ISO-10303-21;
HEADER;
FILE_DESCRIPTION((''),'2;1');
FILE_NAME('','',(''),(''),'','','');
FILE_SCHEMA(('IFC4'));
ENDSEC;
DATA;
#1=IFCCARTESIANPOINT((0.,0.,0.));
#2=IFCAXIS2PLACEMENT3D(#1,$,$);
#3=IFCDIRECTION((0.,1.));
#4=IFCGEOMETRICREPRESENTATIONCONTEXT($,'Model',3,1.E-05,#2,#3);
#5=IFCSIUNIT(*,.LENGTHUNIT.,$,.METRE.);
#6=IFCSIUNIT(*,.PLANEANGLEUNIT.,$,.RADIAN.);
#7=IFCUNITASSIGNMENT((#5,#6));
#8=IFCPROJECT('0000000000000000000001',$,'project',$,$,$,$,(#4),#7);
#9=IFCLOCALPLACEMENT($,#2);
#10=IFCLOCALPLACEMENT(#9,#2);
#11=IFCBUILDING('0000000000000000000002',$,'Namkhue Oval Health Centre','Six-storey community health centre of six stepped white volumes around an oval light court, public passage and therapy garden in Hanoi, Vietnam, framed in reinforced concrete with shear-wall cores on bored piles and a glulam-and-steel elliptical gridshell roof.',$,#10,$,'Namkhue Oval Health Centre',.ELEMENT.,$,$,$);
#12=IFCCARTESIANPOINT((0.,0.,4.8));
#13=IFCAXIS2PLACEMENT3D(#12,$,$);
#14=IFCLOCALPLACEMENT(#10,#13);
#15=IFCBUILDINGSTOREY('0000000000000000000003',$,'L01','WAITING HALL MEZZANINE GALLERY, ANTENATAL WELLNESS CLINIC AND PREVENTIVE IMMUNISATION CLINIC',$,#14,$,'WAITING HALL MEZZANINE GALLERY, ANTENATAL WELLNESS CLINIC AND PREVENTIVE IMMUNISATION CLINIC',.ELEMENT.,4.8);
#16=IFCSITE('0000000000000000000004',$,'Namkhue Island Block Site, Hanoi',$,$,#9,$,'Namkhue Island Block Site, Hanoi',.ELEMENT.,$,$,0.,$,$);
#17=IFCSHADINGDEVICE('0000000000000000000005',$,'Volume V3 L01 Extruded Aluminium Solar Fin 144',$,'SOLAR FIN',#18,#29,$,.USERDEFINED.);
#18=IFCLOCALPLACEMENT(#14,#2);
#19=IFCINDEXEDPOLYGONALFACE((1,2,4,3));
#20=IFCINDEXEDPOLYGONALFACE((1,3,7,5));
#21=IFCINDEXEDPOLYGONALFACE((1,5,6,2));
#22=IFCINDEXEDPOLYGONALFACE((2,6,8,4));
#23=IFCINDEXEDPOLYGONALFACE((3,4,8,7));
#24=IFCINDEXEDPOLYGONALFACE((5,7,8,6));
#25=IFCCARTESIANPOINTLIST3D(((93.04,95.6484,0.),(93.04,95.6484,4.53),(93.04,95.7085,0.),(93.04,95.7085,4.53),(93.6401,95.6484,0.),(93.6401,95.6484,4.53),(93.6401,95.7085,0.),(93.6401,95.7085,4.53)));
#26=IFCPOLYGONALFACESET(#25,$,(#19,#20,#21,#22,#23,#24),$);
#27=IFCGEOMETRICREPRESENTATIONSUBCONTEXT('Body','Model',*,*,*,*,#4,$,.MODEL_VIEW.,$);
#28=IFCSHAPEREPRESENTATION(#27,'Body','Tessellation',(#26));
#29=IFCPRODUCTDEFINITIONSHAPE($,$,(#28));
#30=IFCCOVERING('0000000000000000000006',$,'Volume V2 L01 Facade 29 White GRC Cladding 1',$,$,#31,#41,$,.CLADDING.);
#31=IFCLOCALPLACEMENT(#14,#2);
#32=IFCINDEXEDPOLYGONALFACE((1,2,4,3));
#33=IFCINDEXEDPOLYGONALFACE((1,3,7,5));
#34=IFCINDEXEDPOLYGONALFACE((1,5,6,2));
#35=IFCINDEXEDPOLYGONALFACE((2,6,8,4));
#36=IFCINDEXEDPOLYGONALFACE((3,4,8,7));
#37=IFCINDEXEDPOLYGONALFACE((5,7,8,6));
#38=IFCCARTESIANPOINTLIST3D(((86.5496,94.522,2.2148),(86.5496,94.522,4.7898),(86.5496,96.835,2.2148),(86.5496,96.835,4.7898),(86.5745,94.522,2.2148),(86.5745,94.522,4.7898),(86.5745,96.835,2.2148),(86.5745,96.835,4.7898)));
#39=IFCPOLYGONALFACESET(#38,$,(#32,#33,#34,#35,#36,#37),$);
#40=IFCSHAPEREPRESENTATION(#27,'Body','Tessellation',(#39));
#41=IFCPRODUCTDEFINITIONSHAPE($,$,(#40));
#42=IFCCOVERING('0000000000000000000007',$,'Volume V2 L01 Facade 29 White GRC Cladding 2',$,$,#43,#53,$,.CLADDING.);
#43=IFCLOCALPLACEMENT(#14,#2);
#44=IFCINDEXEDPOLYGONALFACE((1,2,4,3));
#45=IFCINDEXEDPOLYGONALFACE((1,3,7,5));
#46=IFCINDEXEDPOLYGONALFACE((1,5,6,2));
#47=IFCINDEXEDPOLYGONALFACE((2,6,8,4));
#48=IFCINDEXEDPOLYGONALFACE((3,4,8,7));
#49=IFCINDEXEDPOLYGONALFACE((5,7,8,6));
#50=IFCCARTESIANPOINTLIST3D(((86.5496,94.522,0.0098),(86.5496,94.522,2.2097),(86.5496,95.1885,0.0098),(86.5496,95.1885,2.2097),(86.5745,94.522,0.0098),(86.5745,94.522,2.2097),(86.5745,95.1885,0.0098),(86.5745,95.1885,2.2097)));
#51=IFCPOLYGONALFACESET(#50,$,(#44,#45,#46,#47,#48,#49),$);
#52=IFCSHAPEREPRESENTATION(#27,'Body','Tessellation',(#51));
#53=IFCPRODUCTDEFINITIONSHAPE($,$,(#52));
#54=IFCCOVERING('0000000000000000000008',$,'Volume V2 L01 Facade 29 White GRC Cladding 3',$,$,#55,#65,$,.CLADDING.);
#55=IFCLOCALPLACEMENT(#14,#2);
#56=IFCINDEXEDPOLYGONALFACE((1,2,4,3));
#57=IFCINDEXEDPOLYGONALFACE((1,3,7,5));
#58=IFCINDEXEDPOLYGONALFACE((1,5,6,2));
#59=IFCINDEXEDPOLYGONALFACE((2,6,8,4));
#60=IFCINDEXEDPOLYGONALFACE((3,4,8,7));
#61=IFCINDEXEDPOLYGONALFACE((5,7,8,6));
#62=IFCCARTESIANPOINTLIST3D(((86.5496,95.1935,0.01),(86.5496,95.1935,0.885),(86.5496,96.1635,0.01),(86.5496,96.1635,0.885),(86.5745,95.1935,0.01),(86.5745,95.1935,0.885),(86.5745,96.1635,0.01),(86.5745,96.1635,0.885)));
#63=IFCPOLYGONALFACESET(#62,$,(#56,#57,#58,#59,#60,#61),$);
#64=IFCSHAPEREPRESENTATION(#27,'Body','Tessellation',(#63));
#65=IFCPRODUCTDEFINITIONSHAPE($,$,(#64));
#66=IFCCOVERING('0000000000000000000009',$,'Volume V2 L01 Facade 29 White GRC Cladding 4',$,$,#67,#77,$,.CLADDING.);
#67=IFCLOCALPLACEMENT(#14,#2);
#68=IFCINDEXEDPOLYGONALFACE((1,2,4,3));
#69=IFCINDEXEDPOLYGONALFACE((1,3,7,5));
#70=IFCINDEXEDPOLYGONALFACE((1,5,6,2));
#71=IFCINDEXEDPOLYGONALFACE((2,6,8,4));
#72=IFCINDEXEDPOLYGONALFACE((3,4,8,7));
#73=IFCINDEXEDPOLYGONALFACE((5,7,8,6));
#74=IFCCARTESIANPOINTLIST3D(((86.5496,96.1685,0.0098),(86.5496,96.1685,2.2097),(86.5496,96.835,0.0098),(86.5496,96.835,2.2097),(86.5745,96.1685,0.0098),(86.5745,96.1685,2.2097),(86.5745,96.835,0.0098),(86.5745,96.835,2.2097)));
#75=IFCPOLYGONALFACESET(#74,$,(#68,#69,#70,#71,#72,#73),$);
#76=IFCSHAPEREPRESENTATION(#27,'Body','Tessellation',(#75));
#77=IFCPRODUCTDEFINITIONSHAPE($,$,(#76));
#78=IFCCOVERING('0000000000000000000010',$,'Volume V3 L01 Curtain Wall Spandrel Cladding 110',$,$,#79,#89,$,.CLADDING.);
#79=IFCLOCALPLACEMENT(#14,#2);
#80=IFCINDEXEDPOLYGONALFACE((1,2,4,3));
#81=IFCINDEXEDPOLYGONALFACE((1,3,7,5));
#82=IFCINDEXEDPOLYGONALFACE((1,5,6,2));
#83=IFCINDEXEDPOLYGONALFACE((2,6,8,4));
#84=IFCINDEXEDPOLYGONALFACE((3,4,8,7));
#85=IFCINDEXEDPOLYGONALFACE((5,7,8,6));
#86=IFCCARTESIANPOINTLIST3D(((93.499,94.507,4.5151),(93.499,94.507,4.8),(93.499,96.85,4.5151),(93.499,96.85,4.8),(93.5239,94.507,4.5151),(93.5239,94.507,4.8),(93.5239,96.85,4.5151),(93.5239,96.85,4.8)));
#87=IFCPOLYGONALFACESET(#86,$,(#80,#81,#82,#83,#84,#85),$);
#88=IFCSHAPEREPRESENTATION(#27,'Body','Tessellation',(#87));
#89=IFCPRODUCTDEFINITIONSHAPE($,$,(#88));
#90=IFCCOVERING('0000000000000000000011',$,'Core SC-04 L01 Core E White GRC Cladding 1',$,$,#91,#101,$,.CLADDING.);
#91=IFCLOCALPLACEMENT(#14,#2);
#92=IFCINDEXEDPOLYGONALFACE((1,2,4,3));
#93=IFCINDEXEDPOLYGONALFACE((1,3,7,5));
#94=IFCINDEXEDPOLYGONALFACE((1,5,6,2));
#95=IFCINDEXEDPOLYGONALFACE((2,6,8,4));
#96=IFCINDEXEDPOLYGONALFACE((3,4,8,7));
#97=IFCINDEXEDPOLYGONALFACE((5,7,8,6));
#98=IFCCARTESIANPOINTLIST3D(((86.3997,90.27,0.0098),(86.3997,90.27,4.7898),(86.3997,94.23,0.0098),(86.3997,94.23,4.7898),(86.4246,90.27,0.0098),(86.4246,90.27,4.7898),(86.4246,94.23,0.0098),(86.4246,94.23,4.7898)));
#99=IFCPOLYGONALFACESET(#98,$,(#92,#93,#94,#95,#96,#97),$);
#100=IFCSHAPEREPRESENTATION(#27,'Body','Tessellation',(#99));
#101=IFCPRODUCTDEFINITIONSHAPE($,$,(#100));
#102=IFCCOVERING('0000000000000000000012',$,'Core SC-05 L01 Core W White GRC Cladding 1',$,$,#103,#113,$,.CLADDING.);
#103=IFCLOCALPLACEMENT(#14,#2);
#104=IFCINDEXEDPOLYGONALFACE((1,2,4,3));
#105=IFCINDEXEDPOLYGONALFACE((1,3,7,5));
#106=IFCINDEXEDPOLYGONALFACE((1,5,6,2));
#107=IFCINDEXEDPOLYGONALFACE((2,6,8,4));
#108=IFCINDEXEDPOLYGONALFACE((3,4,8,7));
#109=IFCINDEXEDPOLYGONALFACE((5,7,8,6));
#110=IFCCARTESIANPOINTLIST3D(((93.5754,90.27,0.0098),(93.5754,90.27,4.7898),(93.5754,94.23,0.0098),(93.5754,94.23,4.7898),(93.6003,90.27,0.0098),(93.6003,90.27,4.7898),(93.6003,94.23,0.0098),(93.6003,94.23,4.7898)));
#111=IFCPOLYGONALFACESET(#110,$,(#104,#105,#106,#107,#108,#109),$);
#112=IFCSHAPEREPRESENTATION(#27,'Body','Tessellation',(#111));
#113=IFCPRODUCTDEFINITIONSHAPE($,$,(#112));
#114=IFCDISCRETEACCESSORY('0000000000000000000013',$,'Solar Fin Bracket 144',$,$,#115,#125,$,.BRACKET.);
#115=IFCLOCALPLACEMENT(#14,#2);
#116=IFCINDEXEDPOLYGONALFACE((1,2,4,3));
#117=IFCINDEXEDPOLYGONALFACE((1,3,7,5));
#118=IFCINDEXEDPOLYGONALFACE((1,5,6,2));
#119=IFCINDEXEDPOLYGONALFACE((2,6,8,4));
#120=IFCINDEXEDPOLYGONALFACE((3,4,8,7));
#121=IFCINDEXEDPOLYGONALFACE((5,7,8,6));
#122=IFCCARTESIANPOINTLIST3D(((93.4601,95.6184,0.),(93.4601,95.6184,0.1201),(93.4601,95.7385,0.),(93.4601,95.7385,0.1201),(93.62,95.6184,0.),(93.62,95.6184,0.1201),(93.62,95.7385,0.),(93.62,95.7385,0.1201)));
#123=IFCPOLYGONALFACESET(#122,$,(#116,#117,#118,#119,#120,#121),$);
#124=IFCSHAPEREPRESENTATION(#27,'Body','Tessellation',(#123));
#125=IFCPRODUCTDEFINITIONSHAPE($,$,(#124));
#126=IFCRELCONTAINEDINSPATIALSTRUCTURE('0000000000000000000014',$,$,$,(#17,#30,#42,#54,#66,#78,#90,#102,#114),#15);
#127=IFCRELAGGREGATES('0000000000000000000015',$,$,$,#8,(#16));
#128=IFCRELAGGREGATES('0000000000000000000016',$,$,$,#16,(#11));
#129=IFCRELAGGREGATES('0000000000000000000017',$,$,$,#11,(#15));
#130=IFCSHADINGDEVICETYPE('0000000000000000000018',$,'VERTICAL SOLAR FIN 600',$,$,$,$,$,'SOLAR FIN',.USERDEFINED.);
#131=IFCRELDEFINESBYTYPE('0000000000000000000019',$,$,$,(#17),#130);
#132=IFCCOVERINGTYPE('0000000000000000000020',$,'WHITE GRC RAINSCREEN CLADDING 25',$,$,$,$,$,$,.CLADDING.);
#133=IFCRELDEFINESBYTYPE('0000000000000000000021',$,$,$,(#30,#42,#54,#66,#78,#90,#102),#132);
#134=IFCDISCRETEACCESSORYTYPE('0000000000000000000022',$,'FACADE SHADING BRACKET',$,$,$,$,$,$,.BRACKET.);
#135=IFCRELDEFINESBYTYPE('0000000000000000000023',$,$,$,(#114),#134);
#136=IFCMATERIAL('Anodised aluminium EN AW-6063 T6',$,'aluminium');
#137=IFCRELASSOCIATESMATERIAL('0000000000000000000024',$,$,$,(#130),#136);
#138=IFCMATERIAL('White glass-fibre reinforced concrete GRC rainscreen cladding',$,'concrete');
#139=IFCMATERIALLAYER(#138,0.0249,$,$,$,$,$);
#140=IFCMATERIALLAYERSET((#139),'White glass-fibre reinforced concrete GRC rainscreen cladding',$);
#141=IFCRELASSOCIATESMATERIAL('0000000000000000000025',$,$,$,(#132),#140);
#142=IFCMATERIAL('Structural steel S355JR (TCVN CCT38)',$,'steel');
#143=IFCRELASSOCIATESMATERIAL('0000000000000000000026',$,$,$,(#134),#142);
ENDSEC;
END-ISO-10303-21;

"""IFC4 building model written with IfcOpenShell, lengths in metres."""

from ifc_helpers import new_model, si_unit, direction, frame, origin, origin_2d, place, context, subcontext, project, spatial, rectangle, extrude, material, layer, layer_set, type_object, element, save


model = new_model("IFC4")

# Units and contexts
model_context = context("Model", 3, precision=1e-05, world=origin(), true_north=direction((0.0, 1.0)))
body_context = subcontext(model_context, "Body", "Model", "MODEL_VIEW")
ifc_project = project(units=[si_unit("LENGTHUNIT", "METRE"), si_unit("PLANEANGLEUNIT", "RADIAN")], contexts=[model_context])

# Site, building, storey
site_placement = place(None, origin())
site = spatial("IfcSite", under=ifc_project, at=site_placement, Name="Namkhue Island Block Site, Hanoi", LongName="Namkhue Island Block Site, Hanoi", CompositionType="ELEMENT", RefElevation=0.0)
building_placement = place(site_placement, origin())
building = spatial("IfcBuilding", under=site, at=building_placement, Name="Namkhue Oval Health Centre", Description="Six-storey community health centre of six stepped white volumes around an oval light court, public passage and therapy garden in Hanoi, Vietnam, framed in reinforced concrete with shear-wall cores on bored piles and a glulam-and-steel elliptical gridshell roof.", LongName="Namkhue Oval Health Centre", CompositionType="ELEMENT")
storey_placement = place(building_placement, frame((0.0, 0.0, 4.8)))
storey = spatial("IfcBuildingStorey", under=building, at=storey_placement, Name="L01", Description="WAITING HALL MEZZANINE GALLERY, ANTENATAL WELLNESS CLINIC AND PREVENTIVE IMMUNISATION CLINIC", LongName="WAITING HALL MEZZANINE GALLERY, ANTENATAL WELLNESS CLINIC AND PREVENTIVE IMMUNISATION CLINIC", CompositionType="ELEMENT", Elevation=4.8)

# Shared definitions
ifc_material_1 = material(Name="Anodised aluminium EN AW-6063 T6", Category="aluminium")

# Shading device
shading_device_type = type_object("IfcShadingDeviceType", Name="VERTICAL SOLAR FIN 600", ElementType="SOLAR FIN", PredefinedType="USERDEFINED", material=ifc_material_1)
shading_device_placement = place(storey_placement, frame((93.3401, 95.6785, 0.0), z_axis=(0.0, 0.0, 1.0), x_axis=(-1.0, 0.0, 0.0)))
element("IfcShadingDevice", 1, at=shading_device_placement, inside=storey, type_object=shading_device_type, Name="Volume V3 L01 Extruded Aluminium Solar Fin 144", ObjectType="SOLAR FIN", PredefinedType="USERDEFINED", context=body_context, shape_type="SweptSolid", body=[
    extrude(rectangle(XDim=0.6001, YDim=0.0601, at=origin_2d()), origin(), (0.0, 0.0, 1.0), 4.53),
])

# Coverings
ifc_material_2 = material(Name="White glass-fibre reinforced concrete GRC rainscreen cladding", Category="concrete")
ifc_layer_1 = layer(ifc_material_2, 0.0249)
ifc_layer_set_1 = layer_set([ifc_layer_1], Name="White glass-fibre reinforced concrete GRC rainscreen cladding")
covering_type = type_object("IfcCoveringType", Name="WHITE GRC RAINSCREEN CLADDING 25", PredefinedType="CLADDING", material=ifc_layer_set_1)
covering_1_placement = place(storey_placement, frame((86.562, 95.6785, 2.2148), z_axis=(0.0, 0.0, 1.0), x_axis=(0.0, 1.0, 0.0)))
element("IfcCovering", 2, at=covering_1_placement, inside=storey, type_object=covering_type, Name="Volume V2 L01 Facade 29 White GRC Cladding 1", PredefinedType="CLADDING", context=body_context, shape_type="SweptSolid", body=[
    extrude(rectangle(XDim=2.313, YDim=0.0249, at=origin_2d()), origin(), (0.0, 0.0, 1.0), 2.575),
])
covering_2_placement = place(storey_placement, frame((86.562, 94.8552, 0.0098), z_axis=(0.0, 0.0, 1.0), x_axis=(0.0, 1.0, 0.0)))
element("IfcCovering", 3, at=covering_2_placement, inside=storey, type_object=covering_type, Name="Volume V2 L01 Facade 29 White GRC Cladding 2", PredefinedType="CLADDING", context=body_context, shape_type="SweptSolid", body=[
    extrude(rectangle(XDim=0.6665, YDim=0.0249, at=origin_2d()), origin(), (0.0, 0.0, 1.0), 2.2),
])
covering_3_placement = place(storey_placement, frame((86.562, 95.6785, 0.01), z_axis=(0.0, 0.0, 1.0), x_axis=(0.0, 1.0, 0.0)))
element("IfcCovering", 4, at=covering_3_placement, inside=storey, type_object=covering_type, Name="Volume V2 L01 Facade 29 White GRC Cladding 3", PredefinedType="CLADDING", context=body_context, shape_type="SweptSolid", body=[
    extrude(rectangle(XDim=0.97, YDim=0.0249, at=origin_2d()), origin(), (0.0, 0.0, 1.0), 0.875),
])
covering_4_placement = place(storey_placement, frame((86.562, 96.5017, 0.0098), z_axis=(0.0, 0.0, 1.0), x_axis=(0.0, 1.0, 0.0)))
element("IfcCovering", 5, at=covering_4_placement, inside=storey, type_object=covering_type, Name="Volume V2 L01 Facade 29 White GRC Cladding 4", PredefinedType="CLADDING", context=body_context, shape_type="SweptSolid", body=[
    extrude(rectangle(XDim=0.6665, YDim=0.0249, at=origin_2d()), origin(), (0.0, 0.0, 1.0), 2.2),
])
covering_5_placement = place(storey_placement, frame((93.5115, 95.6785, 4.5151), z_axis=(0.0, 0.0, 1.0), x_axis=(0.0, -1.0, 0.0)))
element("IfcCovering", 6, at=covering_5_placement, inside=storey, type_object=covering_type, Name="Volume V3 L01 Curtain Wall Spandrel Cladding 110", PredefinedType="CLADDING", context=body_context, shape_type="SweptSolid", body=[
    extrude(rectangle(XDim=2.343, YDim=0.0249, at=origin_2d()), origin(), (0.0, 0.0, 1.0), 0.2849),
])
for number, where, z_axis, x_axis, name in (
    (7, (86.4121, 92.25, 0.0098), (0.0, 0.0, 1.0), (0.0, 1.0, 0.0), "Core SC-04 L01 Core E White GRC Cladding 1"),
    (8, (93.5879, 92.25, 0.0098), (0.0, 0.0, 1.0), (0.0, -1.0, 0.0), "Core SC-05 L01 Core W White GRC Cladding 1"),
):
    element("IfcCovering", number, at=place(storey_placement, frame(where, z_axis=z_axis, x_axis=x_axis)), inside=storey, type_object=covering_type, Name=name, PredefinedType="CLADDING", context=body_context, shape_type="SweptSolid", body=[
        extrude(rectangle(XDim=3.96, YDim=0.0249, at=origin_2d()), origin(), (0.0, 0.0, 1.0), 4.78),
    ])

# Discrete accessory
ifc_material_3 = material(Name="Structural steel S355JR (TCVN CCT38)", Category="steel")
discrete_accessory_type = type_object("IfcDiscreteAccessoryType", Name="FACADE SHADING BRACKET", PredefinedType="BRACKET", material=ifc_material_3)
discrete_accessory_placement = place(storey_placement, frame((93.54, 95.6785, 0.0), z_axis=(0.0, 0.0, 1.0), x_axis=(-1.0, 0.0, 0.0)))
element("IfcDiscreteAccessory", 9, at=discrete_accessory_placement, inside=storey, type_object=discrete_accessory_type, Name="Solar Fin Bracket 144", PredefinedType="BRACKET", context=body_context, shape_type="SweptSolid", body=[
    extrude(rectangle(XDim=0.1599, YDim=0.1201, at=origin_2d()), origin(), (0.0, 0.0, 1.0), 0.1201),
])

save(model, "model.ifc")
